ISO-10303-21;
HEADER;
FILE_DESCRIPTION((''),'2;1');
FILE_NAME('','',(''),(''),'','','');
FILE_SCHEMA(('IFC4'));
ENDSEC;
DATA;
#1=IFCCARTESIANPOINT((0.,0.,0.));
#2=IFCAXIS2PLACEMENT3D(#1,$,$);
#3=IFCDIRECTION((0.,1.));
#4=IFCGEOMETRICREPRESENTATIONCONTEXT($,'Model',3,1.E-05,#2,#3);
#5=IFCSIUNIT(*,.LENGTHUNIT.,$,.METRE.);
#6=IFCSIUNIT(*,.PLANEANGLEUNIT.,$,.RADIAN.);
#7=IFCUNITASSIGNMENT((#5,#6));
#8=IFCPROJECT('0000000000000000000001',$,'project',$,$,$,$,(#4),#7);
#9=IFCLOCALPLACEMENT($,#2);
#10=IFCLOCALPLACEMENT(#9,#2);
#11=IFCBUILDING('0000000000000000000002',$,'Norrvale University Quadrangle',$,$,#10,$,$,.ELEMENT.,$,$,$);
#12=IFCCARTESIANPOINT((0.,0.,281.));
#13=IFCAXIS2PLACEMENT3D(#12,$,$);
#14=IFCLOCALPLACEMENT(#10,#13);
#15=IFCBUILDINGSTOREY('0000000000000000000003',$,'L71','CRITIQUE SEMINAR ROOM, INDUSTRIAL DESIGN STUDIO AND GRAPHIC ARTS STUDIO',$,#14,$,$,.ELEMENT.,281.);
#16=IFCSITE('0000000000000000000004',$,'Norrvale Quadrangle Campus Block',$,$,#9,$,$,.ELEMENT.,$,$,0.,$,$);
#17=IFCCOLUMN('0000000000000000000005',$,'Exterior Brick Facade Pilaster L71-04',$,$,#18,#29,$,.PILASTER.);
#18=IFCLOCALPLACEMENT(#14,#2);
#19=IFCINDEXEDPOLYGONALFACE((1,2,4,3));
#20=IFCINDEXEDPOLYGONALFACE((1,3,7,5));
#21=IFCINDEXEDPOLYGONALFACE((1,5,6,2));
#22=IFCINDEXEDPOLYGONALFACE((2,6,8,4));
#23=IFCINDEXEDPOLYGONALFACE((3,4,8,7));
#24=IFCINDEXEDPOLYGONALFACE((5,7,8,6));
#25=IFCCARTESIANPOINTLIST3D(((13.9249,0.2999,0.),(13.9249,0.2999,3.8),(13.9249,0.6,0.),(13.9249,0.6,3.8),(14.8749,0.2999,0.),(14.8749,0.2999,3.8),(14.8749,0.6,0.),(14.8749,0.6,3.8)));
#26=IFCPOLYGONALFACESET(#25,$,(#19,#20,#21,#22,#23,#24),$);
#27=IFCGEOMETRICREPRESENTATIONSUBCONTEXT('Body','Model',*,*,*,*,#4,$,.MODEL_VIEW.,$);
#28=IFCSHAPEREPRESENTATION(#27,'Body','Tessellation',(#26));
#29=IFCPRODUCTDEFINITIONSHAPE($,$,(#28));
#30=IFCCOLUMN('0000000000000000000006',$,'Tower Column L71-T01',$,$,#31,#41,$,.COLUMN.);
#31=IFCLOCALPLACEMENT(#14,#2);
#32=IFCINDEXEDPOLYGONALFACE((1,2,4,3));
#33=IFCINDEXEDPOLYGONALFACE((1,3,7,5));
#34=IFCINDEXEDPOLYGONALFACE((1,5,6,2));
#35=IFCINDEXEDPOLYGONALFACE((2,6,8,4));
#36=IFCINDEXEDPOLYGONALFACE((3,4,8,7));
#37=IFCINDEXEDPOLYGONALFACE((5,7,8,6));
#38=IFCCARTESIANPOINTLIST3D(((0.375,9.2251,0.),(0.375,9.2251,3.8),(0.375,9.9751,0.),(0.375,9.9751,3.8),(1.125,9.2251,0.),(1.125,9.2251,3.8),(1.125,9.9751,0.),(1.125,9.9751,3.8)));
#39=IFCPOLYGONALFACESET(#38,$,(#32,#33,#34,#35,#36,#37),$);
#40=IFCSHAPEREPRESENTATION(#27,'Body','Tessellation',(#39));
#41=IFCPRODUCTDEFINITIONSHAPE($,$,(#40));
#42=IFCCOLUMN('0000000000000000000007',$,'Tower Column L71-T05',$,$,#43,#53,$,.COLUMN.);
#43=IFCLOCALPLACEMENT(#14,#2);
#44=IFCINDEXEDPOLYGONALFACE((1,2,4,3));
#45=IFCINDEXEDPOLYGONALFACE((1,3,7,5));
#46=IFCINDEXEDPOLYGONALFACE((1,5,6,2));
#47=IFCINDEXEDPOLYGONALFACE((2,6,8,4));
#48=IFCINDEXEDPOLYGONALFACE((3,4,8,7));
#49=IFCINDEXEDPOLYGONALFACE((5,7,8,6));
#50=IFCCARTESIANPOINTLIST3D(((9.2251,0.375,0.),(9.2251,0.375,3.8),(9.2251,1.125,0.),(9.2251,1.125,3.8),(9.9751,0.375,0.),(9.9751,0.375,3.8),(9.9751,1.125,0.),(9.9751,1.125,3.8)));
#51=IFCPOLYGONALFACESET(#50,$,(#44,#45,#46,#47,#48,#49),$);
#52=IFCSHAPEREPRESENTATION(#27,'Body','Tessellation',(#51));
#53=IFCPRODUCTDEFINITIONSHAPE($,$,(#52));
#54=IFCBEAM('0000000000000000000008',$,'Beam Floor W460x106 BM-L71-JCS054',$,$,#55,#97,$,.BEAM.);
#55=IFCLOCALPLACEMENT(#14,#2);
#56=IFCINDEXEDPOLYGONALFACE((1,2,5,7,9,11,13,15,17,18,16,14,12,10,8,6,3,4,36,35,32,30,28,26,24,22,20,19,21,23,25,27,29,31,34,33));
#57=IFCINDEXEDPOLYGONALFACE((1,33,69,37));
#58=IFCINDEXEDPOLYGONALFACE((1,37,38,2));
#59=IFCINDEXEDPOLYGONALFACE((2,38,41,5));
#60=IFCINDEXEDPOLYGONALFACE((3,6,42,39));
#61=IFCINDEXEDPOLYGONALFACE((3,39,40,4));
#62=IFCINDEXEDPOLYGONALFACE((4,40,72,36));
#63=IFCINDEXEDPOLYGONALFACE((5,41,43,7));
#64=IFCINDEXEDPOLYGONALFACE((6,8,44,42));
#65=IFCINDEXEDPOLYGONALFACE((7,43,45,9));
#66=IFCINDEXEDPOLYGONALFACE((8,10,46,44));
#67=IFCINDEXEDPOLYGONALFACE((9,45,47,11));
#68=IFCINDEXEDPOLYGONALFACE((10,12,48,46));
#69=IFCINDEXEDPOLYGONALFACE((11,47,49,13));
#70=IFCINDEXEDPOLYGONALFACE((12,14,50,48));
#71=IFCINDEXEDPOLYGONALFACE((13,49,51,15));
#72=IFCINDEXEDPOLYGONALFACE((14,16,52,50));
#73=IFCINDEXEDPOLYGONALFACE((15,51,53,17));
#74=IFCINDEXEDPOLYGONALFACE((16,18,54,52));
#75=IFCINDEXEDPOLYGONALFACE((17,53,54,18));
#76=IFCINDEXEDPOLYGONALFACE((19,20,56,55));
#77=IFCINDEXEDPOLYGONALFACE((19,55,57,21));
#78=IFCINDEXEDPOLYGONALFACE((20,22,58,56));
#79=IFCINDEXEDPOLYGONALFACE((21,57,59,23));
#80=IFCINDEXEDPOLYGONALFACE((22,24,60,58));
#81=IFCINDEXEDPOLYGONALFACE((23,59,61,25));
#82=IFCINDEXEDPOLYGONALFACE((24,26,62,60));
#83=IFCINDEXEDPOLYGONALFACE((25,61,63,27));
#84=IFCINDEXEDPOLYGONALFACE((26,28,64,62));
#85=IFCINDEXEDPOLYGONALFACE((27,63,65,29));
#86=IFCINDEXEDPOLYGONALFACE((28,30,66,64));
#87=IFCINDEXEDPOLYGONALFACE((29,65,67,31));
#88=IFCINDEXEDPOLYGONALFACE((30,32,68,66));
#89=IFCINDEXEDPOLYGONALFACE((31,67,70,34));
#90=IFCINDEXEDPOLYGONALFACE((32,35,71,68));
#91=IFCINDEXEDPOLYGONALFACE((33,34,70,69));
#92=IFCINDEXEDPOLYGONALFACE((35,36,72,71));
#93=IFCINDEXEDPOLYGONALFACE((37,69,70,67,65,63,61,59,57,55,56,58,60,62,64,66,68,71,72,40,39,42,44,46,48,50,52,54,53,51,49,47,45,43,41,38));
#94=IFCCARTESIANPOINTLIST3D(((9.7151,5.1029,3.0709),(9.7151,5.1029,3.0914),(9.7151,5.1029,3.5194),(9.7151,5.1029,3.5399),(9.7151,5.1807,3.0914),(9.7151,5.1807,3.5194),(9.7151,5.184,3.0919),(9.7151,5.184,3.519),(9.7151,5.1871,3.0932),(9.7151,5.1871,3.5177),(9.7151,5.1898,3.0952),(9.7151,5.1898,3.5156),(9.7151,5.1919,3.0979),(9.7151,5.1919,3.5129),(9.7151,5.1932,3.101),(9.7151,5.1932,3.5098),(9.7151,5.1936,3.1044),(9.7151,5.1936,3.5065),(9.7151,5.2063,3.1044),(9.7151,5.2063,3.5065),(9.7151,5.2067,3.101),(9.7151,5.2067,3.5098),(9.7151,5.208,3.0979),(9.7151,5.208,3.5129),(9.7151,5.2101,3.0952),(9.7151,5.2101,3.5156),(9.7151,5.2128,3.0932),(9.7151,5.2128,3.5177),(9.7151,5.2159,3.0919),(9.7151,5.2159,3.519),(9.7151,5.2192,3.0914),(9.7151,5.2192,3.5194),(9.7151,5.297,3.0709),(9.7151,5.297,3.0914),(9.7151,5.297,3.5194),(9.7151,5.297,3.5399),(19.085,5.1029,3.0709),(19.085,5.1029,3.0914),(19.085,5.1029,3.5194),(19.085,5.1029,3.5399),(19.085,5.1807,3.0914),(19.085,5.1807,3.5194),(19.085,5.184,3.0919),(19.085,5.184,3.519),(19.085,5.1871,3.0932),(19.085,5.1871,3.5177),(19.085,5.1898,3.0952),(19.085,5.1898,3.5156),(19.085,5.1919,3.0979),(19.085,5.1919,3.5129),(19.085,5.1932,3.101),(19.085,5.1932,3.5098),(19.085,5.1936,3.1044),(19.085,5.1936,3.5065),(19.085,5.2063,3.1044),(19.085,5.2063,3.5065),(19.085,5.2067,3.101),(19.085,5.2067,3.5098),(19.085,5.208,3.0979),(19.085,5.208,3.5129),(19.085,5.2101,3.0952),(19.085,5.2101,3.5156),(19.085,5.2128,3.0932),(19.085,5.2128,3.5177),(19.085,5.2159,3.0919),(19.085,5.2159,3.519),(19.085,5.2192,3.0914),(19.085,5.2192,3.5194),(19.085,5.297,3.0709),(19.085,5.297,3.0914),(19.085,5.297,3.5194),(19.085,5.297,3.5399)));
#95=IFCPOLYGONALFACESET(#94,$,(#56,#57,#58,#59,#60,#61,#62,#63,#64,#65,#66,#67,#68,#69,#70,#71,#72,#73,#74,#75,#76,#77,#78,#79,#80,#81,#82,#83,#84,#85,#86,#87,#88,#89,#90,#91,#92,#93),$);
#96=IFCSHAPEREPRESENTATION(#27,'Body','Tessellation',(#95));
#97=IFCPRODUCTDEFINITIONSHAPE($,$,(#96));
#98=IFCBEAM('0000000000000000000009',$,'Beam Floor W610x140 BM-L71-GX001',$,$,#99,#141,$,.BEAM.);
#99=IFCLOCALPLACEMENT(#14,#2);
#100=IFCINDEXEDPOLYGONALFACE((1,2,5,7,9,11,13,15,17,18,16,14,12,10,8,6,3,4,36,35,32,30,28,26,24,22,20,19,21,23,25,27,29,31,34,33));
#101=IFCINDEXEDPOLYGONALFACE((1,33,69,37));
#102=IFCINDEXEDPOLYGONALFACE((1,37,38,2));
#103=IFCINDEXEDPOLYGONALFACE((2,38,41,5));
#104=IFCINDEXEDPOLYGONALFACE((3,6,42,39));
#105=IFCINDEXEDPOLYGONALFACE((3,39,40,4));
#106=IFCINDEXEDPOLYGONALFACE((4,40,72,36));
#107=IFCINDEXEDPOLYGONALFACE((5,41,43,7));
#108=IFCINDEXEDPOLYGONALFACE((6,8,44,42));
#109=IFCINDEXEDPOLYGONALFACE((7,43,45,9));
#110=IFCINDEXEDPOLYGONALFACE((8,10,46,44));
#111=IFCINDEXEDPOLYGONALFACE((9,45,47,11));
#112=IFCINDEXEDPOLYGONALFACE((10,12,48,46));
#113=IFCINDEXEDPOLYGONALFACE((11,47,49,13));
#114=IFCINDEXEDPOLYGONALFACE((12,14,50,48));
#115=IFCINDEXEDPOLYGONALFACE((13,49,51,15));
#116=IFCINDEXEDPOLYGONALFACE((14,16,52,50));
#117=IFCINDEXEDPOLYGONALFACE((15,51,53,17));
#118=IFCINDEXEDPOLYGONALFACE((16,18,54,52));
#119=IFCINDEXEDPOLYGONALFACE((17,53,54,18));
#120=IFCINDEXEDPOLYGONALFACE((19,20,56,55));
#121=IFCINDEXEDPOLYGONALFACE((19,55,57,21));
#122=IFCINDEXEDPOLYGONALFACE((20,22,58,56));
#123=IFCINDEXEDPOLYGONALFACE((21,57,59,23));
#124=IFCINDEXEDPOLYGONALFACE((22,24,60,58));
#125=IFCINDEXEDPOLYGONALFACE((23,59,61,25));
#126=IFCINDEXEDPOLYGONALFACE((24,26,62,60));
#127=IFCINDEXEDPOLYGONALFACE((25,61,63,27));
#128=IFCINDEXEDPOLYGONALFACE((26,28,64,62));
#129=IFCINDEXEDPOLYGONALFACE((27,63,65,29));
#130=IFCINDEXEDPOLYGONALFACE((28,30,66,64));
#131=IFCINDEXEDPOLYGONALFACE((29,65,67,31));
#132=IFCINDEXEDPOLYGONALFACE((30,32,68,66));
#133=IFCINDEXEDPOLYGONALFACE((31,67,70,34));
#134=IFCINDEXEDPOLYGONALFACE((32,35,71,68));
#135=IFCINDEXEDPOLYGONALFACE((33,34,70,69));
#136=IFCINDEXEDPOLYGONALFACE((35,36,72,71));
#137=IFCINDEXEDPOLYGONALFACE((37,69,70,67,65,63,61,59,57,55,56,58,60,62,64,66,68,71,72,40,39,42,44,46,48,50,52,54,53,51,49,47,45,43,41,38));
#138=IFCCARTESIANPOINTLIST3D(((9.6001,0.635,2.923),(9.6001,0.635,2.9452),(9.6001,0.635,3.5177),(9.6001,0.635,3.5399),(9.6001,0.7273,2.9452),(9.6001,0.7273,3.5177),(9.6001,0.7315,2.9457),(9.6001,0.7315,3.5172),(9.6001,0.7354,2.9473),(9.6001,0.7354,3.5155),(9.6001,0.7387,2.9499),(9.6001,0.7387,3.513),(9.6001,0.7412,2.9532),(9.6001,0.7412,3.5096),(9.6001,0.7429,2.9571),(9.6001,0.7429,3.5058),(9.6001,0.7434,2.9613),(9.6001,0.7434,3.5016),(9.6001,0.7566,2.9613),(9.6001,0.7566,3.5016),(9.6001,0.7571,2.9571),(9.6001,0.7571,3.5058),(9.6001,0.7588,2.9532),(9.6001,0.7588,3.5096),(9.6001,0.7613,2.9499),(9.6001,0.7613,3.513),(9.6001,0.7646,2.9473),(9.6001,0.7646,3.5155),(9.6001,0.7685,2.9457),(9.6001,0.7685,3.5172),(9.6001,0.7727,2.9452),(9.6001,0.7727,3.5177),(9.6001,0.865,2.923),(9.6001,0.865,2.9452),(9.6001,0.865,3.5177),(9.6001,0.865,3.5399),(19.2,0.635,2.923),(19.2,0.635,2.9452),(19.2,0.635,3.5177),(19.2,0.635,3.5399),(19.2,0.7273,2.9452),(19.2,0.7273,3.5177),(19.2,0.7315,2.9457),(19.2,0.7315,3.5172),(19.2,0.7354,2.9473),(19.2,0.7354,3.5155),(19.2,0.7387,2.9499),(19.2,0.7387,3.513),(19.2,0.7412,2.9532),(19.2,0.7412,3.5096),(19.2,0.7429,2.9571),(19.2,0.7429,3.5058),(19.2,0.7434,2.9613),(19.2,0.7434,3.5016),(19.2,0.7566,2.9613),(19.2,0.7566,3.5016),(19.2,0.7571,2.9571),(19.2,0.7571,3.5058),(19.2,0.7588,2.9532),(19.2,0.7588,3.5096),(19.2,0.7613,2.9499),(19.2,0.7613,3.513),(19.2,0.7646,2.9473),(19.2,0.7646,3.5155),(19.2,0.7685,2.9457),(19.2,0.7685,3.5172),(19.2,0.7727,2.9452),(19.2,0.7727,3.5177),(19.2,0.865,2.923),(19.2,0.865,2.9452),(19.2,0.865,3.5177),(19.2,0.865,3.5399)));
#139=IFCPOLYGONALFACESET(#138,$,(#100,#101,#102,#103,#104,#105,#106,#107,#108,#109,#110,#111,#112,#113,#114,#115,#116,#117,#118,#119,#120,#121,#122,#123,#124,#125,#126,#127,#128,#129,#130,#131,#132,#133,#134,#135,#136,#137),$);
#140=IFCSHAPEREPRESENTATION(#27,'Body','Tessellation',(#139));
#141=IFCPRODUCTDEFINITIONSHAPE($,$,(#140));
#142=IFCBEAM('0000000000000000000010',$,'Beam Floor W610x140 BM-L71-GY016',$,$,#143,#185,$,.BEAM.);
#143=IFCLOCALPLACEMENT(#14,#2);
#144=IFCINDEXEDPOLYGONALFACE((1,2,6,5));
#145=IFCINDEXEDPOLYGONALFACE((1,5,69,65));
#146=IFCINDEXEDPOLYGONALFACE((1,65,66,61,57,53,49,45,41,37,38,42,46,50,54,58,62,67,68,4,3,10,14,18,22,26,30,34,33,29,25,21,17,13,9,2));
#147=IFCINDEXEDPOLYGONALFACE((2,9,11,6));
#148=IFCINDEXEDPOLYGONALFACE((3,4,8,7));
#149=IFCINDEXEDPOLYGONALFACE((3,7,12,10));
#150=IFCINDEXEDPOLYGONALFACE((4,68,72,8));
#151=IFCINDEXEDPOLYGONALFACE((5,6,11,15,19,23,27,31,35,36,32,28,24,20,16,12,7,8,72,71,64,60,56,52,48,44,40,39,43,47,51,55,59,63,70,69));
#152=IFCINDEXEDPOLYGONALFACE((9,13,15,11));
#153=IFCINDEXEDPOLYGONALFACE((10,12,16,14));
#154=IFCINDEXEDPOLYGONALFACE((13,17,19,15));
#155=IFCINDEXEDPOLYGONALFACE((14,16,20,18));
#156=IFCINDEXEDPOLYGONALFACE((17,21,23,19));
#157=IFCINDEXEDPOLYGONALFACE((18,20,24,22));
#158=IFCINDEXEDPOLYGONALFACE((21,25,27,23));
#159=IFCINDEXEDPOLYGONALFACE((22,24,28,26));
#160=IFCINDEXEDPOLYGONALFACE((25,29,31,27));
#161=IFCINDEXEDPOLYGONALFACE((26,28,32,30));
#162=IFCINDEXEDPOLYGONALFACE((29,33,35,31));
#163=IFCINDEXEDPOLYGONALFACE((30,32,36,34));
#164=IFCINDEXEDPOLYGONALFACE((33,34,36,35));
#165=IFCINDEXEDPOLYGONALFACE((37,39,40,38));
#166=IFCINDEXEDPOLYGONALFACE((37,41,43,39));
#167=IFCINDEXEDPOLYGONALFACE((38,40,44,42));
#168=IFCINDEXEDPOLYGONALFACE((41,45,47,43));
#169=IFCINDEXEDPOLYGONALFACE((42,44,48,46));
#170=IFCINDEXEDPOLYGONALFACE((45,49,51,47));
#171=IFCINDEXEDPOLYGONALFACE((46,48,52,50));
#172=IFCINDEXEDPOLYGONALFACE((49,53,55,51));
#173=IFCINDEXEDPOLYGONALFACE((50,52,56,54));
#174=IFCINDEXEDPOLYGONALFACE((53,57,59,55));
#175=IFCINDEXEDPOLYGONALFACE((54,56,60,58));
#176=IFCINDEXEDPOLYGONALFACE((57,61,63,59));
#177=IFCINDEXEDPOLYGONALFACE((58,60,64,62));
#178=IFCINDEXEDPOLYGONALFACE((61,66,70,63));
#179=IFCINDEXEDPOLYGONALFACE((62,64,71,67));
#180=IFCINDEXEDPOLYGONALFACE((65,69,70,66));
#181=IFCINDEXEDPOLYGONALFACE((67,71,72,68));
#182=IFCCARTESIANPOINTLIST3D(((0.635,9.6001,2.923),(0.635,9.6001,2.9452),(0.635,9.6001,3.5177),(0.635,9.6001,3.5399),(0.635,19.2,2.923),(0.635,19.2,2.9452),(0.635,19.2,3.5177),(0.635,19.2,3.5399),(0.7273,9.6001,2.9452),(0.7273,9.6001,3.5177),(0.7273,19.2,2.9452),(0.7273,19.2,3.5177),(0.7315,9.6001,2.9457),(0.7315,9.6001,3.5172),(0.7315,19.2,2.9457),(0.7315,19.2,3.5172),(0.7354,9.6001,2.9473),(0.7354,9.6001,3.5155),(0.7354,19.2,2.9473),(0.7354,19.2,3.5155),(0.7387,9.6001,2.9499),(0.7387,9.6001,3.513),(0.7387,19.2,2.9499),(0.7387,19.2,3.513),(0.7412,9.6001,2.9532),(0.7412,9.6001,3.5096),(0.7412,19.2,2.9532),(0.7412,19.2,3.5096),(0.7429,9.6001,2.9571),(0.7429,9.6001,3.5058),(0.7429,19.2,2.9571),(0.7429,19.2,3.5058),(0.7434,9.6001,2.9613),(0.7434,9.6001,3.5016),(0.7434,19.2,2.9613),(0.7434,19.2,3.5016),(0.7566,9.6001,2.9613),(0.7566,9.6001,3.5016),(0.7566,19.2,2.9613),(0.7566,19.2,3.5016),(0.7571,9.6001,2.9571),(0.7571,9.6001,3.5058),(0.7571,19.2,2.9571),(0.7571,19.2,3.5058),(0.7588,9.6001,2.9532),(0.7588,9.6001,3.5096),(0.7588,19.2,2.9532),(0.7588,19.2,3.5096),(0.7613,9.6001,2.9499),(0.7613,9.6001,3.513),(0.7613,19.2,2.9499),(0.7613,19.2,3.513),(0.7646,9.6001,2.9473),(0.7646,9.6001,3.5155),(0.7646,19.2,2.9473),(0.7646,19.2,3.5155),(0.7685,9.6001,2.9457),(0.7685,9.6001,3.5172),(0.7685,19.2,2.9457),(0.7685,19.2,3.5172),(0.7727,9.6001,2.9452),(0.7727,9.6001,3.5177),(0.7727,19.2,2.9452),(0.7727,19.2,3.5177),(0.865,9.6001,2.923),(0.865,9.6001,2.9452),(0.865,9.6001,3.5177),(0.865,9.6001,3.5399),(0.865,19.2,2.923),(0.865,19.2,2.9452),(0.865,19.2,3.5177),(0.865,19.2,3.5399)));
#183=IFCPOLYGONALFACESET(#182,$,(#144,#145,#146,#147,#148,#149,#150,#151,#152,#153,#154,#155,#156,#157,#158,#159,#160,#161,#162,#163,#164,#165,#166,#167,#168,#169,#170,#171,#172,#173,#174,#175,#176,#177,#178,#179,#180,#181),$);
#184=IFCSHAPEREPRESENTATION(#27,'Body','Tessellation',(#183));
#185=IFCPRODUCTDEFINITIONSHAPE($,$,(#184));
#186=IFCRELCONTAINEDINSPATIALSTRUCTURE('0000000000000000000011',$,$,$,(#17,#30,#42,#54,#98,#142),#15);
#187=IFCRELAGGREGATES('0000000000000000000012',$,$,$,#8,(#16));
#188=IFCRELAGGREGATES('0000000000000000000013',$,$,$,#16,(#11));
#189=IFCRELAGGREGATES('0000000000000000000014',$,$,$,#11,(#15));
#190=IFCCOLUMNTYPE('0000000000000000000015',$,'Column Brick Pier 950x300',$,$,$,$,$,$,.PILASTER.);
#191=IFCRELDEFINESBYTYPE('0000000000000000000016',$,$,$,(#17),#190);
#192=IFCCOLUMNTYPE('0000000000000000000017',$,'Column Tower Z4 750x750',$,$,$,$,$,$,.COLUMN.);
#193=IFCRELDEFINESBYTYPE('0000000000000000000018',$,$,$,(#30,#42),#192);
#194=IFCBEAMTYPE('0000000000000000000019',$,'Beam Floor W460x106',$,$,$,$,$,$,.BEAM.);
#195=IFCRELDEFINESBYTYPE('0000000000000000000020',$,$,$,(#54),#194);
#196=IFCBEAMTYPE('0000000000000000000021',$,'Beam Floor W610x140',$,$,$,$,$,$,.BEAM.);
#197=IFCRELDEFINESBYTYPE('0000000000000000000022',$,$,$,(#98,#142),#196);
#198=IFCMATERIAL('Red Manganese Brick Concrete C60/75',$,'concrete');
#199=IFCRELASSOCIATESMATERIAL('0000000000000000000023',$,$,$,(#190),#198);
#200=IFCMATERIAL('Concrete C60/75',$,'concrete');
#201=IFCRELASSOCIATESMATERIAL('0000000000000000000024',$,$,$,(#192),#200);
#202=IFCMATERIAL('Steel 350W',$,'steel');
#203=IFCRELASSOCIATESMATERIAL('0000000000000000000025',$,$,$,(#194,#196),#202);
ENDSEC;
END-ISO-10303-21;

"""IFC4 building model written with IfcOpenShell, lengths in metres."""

from ifc_helpers import new_model, si_unit, direction, frame, origin, origin_2d, place, context, subcontext, project, spatial, rectangle, i_section, extrude, material, material_profile, profile_set, type_object, element, save


model = new_model("IFC4")

# Units and contexts
model_context = context("Model", 3, precision=1e-05, world=origin(), true_north=direction((0.0, 1.0)))
body_context = subcontext(model_context, "Body", "Model", "MODEL_VIEW")
ifc_project = project(units=[si_unit("LENGTHUNIT", "METRE"), si_unit("PLANEANGLEUNIT", "RADIAN")], contexts=[model_context])

# Site, building, storey
site_placement = place(None, origin())
site = spatial("IfcSite", under=ifc_project, at=site_placement, Name="Norrvale Quadrangle Campus Block", CompositionType="ELEMENT", RefElevation=0.0)
building_placement = place(site_placement, origin())
building = spatial("IfcBuilding", under=site, at=building_placement, Name="Norrvale University Quadrangle", CompositionType="ELEMENT")
storey_placement = place(building_placement, frame((0.0, 0.0, 281.0)))
storey = spatial("IfcBuildingStorey", under=building, at=storey_placement, Name="L71", Description="CRITIQUE SEMINAR ROOM, INDUSTRIAL DESIGN STUDIO AND GRAPHIC ARTS STUDIO", CompositionType="ELEMENT", Elevation=281.0)

# Columns
ifc_material_1 = material(Name="Red Manganese Brick Concrete C60/75", Category="concrete")
ifc_material_profile_1 = material_profile(ifc_material_1, rectangle(XDim=0.95, YDim=0.3, at=origin_2d()), Name="Red Manganese Brick Concrete C60/75")
ifc_profile_set_1 = profile_set([ifc_material_profile_1], Name="Red Manganese Brick Concrete C60/75")
column_type_1 = type_object("IfcColumnType", Name="Column Brick Pier 950x300", PredefinedType="PILASTER", material=ifc_profile_set_1)
column_placement = place(storey_placement, frame((14.3999, 0.45, 0.0), z_axis=(0.0, 0.0, 1.0), x_axis=(1.0, 0.0, 0.0)))
element("IfcColumn", 1, at=column_placement, inside=storey, type_object=column_type_1, Name="Exterior Brick Facade Pilaster L71-04", PredefinedType="PILASTER", context=body_context, shape_type="SweptSolid", body=[
    extrude(rectangle(XDim=0.95, YDim=0.3, at=origin_2d()), origin(), (0.0, 0.0, 1.0), 3.8),
])
ifc_material_2 = material(Name="Concrete C60/75", Category="concrete")
ifc_material_profile_2 = material_profile(ifc_material_2, rectangle(XDim=0.75, YDim=0.75, at=origin_2d()), Name="Concrete C60/75")
ifc_profile_set_2 = profile_set([ifc_material_profile_2], Name="Concrete C60/75")
column_type_2 = type_object("IfcColumnType", Name="Column Tower Z4 750x750", PredefinedType="COLUMN", material=ifc_profile_set_2)
for number, where, z_axis, x_axis, name in (
    (2, (0.75, 9.6001, 0.0), (0.0, 0.0, 1.0), (1.0, 0.0, 0.0), "Tower Column L71-T01"),
    (3, (9.6001, 0.75, 0.0), (0.0, 0.0, 1.0), (1.0, 0.0, 0.0), "Tower Column L71-T05"),
):
    element("IfcColumn", number, at=place(storey_placement, frame(where, z_axis=z_axis, x_axis=x_axis)), inside=storey, type_object=column_type_2, Name=name, PredefinedType="COLUMN", context=body_context, shape_type="SweptSolid", body=[
        extrude(rectangle(XDim=0.75, YDim=0.75, at=origin_2d()), origin(), (0.0, 0.0, 1.0), 3.8),
    ])

# Beams
ifc_material_3 = material(Name="Steel 350W", Category="steel")
ifc_material_profile_3 = material_profile(ifc_material_3, i_section(OverallWidth=0.1941, OverallDepth=0.469, WebThickness=0.0127, FlangeThickness=0.0205, FilletRadius=0.0129, at=origin_2d()), Name="Steel 350W")
ifc_profile_set_3 = profile_set([ifc_material_profile_3], Name="Steel 350W")
beam_type_1 = type_object("IfcBeamType", Name="Beam Floor W460x106", PredefinedType="BEAM", material=ifc_profile_set_3)
beam_1_placement = place(storey_placement, frame((9.7151, 5.2, 3.3054), z_axis=(1.0, 0.0, 0.0), x_axis=(0.0, 1.0, 0.0)))
element("IfcBeam", 4, at=beam_1_placement, inside=storey, type_object=beam_type_1, Name="Beam Floor W460x106 BM-L71-JCS054", PredefinedType="BEAM", context=body_context, shape_type="SweptSolid", body=[
    extrude(i_section(OverallWidth=0.1941, OverallDepth=0.469, WebThickness=0.0127, FlangeThickness=0.0205, FilletRadius=0.0129, at=origin_2d()), origin(), (0.0, 0.0, 1.0), 9.3699),
])
ifc_material_profile_4 = material_profile(ifc_material_3, i_section(OverallWidth=0.23, OverallDepth=0.6169, WebThickness=0.0132, FlangeThickness=0.0222, FilletRadius=0.0161, at=origin_2d()), Name="Steel 350W")
ifc_profile_set_4 = profile_set([ifc_material_profile_4], Name="Steel 350W")
beam_type_2 = type_object("IfcBeamType", Name="Beam Floor W610x140", PredefinedType="BEAM", material=ifc_profile_set_4)
for number, where, z_axis, x_axis, name in (
    (5, (9.6001, 0.75, 3.2314), (1.0, 0.0, 0.0), (0.0, 1.0, 0.0), "Beam Floor W610x140 BM-L71-GX001"),
    (6, (0.75, 9.6001, 3.2314), (0.0, 1.0, 0.0), (-1.0, 0.0, 0.0), "Beam Floor W610x140 BM-L71-GY016"),
):
    element("IfcBeam", number, at=place(storey_placement, frame(where, z_axis=z_axis, x_axis=x_axis)), inside=storey, type_object=beam_type_2, Name=name, PredefinedType="BEAM", context=body_context, shape_type="SweptSolid", body=[
        extrude(i_section(OverallWidth=0.23, OverallDepth=0.6169, WebThickness=0.0132, FlangeThickness=0.0222, FilletRadius=0.0161, at=origin_2d()), origin(), (0.0, 0.0, 1.0), 9.5999),
    ])

save(model, "model.ifc")
